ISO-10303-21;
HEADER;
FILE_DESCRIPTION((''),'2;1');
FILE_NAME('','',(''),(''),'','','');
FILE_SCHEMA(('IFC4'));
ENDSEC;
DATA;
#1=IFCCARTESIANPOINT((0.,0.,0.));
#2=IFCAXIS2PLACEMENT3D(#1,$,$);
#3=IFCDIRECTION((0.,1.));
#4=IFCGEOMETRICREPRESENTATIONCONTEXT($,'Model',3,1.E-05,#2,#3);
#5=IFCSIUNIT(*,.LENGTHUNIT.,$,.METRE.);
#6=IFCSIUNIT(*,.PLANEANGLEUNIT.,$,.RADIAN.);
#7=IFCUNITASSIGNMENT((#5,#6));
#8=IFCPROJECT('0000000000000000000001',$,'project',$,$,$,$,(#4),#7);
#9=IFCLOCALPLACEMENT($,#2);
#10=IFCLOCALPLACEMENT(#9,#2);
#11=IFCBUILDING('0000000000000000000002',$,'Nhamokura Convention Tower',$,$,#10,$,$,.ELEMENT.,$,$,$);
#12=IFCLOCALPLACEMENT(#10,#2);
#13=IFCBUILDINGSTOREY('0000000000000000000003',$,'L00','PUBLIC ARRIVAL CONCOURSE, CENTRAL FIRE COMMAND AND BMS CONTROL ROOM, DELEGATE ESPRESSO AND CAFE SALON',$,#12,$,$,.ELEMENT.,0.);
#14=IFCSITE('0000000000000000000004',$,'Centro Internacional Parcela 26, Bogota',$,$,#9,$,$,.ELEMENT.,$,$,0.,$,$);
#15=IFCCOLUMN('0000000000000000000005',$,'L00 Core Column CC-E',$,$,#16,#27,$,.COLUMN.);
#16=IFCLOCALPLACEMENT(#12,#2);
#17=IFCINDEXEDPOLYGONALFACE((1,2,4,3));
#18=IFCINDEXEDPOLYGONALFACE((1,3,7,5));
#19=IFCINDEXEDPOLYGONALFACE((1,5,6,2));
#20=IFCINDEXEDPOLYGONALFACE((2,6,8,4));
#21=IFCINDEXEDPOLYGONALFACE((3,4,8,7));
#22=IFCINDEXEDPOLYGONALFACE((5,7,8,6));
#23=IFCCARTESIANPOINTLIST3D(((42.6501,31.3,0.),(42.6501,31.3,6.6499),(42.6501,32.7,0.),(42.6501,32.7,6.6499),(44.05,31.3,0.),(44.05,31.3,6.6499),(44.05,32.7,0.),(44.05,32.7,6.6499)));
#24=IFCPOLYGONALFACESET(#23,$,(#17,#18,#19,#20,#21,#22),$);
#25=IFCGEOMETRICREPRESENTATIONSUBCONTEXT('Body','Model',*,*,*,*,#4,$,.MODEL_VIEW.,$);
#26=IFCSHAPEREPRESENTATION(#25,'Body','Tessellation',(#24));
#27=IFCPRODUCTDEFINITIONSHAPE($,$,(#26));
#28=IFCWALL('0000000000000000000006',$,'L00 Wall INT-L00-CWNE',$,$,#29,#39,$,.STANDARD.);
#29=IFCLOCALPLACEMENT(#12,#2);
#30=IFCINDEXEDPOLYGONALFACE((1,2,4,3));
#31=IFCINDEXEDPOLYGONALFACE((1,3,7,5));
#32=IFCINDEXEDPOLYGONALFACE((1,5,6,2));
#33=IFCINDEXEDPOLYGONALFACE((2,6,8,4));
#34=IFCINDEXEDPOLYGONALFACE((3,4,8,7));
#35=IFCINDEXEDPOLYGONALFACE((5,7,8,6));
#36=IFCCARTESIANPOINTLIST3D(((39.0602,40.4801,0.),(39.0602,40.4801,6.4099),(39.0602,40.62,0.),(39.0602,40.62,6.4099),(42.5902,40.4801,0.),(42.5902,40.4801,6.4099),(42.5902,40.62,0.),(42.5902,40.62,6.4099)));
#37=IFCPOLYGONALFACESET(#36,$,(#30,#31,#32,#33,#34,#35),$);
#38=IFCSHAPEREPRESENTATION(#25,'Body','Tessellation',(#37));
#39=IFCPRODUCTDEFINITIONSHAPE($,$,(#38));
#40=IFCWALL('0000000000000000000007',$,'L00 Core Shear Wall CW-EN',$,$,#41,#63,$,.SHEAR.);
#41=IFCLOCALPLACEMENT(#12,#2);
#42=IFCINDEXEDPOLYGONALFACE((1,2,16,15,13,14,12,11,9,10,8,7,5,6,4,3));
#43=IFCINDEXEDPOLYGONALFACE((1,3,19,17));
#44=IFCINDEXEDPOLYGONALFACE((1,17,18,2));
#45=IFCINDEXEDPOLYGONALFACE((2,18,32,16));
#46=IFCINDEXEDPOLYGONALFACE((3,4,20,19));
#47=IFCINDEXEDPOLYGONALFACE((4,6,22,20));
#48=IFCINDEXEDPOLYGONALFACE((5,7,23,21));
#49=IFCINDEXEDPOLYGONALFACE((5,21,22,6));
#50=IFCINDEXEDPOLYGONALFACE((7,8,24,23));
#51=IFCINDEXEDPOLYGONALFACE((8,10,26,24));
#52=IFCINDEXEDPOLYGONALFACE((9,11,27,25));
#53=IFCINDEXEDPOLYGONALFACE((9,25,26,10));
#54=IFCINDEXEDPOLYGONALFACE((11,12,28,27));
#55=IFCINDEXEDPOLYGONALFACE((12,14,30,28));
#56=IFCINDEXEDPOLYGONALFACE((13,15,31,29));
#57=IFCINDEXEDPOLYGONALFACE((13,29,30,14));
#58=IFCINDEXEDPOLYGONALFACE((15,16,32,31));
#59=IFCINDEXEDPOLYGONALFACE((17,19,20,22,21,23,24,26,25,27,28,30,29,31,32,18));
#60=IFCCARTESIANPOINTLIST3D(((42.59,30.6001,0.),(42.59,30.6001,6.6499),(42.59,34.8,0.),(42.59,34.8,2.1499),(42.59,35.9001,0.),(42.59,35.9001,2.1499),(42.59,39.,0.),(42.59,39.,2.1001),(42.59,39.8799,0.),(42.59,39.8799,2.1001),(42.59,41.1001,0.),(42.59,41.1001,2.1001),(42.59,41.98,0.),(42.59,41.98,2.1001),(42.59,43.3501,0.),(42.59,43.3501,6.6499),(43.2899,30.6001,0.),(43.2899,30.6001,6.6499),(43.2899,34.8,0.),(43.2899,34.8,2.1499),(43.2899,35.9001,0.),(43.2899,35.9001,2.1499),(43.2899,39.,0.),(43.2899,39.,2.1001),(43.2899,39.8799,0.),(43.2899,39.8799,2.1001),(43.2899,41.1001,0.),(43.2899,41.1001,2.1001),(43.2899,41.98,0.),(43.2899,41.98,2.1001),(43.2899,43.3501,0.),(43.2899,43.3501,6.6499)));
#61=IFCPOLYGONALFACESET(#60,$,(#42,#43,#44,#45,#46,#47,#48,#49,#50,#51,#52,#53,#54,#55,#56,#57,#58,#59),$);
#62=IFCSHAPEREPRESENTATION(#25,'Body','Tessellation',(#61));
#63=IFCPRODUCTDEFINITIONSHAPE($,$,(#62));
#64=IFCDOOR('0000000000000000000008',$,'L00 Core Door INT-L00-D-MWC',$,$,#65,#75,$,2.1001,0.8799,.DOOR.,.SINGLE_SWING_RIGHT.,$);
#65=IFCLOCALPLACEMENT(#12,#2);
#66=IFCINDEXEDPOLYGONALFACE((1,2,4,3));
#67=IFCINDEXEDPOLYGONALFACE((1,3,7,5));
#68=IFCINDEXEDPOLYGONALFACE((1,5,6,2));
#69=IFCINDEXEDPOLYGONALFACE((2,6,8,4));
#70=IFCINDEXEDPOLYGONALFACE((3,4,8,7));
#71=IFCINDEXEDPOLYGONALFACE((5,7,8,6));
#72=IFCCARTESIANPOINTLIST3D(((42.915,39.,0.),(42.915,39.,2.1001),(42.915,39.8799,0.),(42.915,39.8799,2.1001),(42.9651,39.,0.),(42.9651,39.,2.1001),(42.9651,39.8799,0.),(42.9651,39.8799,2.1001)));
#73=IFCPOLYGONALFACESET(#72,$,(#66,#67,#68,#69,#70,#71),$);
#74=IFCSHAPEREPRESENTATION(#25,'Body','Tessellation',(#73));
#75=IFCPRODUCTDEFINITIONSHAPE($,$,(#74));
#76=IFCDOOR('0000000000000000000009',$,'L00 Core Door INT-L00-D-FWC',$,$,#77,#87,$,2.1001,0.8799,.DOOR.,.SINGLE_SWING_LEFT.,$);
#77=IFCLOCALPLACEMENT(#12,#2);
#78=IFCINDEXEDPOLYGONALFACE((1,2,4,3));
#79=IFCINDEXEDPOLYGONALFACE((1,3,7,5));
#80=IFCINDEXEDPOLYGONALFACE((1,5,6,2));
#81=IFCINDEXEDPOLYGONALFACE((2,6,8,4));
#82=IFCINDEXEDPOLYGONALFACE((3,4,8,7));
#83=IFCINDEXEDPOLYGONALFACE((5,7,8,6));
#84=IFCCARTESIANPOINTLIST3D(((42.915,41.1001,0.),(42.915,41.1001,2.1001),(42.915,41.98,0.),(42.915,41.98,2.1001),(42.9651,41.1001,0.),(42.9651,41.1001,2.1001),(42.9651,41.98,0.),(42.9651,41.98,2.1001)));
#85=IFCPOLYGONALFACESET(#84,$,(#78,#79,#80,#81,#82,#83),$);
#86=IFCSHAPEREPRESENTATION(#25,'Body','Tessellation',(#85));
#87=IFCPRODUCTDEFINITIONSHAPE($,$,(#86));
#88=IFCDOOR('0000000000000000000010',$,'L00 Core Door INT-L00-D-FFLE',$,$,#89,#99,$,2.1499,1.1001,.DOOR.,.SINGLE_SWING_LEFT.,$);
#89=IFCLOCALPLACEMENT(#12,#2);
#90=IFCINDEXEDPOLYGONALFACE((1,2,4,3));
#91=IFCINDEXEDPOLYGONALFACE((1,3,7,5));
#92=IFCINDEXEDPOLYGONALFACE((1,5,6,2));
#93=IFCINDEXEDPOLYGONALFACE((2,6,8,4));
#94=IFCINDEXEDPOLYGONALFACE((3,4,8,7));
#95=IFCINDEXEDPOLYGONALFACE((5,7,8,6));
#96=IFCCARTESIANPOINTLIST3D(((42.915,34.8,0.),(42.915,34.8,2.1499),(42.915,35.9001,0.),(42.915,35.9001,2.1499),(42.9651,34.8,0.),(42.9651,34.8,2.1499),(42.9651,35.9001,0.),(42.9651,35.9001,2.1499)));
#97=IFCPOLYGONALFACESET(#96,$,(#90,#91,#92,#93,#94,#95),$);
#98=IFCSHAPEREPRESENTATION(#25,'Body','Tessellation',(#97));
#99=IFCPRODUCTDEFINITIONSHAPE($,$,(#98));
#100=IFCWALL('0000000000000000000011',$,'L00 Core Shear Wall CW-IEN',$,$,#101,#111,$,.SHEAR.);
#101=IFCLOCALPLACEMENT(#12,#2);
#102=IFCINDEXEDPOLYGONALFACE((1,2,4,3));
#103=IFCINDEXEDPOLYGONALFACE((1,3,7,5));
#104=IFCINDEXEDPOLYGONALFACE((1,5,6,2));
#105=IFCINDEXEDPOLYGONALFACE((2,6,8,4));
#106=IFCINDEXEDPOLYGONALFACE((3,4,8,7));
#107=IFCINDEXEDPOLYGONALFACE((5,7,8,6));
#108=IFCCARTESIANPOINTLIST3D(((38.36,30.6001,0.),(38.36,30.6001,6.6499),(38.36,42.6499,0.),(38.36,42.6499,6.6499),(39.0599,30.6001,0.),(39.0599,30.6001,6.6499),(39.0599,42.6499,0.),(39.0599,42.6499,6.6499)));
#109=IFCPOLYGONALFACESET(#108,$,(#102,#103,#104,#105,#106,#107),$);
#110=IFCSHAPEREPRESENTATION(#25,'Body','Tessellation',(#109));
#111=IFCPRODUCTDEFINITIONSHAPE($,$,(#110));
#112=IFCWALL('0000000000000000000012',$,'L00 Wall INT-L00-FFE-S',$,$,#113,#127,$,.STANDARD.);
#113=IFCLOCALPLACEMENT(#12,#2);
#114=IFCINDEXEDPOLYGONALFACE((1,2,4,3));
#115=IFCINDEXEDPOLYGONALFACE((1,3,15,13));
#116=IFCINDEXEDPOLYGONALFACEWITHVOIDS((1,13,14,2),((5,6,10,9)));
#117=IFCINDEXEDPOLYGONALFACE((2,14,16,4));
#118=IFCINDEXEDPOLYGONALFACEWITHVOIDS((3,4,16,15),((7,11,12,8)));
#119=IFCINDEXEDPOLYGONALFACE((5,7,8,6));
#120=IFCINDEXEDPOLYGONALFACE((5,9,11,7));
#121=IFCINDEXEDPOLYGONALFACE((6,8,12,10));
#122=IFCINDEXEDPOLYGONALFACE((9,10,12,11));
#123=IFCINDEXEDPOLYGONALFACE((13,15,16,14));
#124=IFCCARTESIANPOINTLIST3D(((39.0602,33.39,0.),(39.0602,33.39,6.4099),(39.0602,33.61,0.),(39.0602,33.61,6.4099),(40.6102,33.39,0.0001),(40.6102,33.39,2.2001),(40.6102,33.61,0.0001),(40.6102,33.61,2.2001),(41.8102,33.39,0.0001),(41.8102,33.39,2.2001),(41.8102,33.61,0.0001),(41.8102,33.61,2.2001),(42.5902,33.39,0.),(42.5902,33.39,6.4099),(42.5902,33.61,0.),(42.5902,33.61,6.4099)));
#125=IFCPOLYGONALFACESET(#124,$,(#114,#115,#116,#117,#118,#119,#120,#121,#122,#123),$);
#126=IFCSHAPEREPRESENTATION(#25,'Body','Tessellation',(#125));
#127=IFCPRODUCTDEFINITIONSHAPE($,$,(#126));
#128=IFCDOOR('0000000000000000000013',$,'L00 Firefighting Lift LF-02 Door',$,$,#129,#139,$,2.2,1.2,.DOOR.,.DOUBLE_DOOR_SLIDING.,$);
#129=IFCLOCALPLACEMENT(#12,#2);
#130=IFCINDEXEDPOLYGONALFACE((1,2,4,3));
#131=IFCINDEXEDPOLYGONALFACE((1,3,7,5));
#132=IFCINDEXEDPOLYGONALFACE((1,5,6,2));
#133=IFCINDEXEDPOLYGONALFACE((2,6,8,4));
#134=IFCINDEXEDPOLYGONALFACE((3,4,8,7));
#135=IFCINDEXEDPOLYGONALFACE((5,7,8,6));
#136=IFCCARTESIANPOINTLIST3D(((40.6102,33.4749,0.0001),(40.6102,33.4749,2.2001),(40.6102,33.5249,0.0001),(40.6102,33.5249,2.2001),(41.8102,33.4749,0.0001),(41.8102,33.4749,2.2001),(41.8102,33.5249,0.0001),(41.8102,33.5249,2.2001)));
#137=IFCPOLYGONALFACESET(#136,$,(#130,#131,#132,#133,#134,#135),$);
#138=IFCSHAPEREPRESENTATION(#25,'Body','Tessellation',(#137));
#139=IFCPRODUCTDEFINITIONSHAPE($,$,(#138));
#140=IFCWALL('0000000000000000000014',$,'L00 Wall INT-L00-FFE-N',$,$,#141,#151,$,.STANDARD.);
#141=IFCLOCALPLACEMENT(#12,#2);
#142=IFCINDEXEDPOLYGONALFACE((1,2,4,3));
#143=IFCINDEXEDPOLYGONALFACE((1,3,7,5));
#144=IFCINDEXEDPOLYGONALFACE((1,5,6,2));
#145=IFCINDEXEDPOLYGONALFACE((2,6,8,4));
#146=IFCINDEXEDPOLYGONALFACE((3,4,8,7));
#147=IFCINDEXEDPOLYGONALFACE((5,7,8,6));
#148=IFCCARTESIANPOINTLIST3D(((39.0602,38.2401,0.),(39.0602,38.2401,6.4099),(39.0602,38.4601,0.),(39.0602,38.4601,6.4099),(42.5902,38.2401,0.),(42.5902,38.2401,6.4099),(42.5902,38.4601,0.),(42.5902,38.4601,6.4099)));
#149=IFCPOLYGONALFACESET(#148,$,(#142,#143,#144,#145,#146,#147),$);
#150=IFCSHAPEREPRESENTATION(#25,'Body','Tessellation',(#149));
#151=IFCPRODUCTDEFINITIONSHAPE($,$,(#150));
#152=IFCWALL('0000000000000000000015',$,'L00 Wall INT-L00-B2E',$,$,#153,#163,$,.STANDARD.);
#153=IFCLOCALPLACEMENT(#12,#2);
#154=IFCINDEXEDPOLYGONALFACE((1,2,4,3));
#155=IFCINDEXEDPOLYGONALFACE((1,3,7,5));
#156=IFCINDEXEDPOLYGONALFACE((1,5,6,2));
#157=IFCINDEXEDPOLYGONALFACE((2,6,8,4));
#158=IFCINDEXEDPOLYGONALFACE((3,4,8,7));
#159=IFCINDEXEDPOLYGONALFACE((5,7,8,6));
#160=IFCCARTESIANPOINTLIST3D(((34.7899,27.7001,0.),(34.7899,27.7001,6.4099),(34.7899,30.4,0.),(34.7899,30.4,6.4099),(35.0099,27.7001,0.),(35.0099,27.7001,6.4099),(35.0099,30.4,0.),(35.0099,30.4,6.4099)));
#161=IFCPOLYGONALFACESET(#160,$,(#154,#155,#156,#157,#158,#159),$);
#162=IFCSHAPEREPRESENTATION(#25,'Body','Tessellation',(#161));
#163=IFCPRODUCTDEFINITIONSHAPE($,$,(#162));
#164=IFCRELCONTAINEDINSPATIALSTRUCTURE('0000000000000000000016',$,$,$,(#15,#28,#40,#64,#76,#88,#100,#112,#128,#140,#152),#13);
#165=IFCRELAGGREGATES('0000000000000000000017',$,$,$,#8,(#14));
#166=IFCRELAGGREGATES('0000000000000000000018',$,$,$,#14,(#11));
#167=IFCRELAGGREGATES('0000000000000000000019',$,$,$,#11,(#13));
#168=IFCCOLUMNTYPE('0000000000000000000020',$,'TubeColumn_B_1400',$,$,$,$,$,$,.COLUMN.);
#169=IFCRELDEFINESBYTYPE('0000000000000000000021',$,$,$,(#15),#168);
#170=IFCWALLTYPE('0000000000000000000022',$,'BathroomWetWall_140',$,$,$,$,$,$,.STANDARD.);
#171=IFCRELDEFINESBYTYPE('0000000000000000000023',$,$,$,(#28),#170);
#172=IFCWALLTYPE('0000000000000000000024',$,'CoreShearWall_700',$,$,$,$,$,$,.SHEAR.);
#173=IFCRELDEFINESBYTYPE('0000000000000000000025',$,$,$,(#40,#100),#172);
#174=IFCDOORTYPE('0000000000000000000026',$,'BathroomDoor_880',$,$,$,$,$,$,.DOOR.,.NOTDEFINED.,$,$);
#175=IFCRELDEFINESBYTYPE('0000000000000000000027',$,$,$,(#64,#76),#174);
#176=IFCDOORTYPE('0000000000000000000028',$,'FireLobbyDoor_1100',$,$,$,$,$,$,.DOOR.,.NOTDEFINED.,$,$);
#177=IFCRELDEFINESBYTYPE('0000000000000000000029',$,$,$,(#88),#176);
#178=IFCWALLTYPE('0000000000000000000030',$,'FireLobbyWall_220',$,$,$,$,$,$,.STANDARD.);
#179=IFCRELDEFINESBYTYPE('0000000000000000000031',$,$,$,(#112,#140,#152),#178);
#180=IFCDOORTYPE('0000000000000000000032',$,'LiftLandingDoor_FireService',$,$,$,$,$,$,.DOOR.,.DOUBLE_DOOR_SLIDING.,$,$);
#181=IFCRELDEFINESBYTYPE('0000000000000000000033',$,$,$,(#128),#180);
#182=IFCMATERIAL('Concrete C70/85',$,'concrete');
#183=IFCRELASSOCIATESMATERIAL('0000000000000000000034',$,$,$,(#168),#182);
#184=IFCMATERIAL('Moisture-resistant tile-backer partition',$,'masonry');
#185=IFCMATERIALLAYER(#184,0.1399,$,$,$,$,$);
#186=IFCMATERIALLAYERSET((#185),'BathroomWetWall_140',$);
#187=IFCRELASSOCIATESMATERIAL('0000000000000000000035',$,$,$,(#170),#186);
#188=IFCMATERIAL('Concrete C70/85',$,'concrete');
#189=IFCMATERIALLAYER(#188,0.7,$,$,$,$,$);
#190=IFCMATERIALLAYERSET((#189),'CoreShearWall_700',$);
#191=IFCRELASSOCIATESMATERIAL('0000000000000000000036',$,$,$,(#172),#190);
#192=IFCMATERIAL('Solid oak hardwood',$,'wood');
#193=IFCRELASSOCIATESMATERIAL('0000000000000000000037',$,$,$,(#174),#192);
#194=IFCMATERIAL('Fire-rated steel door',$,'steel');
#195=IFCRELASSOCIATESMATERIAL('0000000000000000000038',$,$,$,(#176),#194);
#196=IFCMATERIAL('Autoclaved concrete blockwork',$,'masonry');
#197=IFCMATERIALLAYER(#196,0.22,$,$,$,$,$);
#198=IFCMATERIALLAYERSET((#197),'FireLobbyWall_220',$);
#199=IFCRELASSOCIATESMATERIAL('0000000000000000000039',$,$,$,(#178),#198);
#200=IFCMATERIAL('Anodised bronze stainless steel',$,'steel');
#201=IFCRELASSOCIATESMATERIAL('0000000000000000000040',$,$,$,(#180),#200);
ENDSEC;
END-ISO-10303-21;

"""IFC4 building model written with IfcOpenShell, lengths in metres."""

from ifc_helpers import new_model, si_unit, direction, frame, frame_2d, origin, origin_2d, place, context, subcontext, project, spatial, rectangle, extrude, material, layer, layer_set, material_profile, profile_set, type_object, element, fill, save


model = new_model("IFC4")

# Units and contexts
model_context = context("Model", 3, precision=1e-05, world=origin(), true_north=direction((0.0, 1.0)))
body_context = subcontext(model_context, "Body", "Model", "MODEL_VIEW")
ifc_project = project(units=[si_unit("LENGTHUNIT", "METRE"), si_unit("PLANEANGLEUNIT", "RADIAN")], contexts=[model_context])

# Site, building, storey
site_placement = place(None, origin())
site = spatial("IfcSite", under=ifc_project, at=site_placement, Name="Centro Internacional Parcela 26, Bogota", CompositionType="ELEMENT", RefElevation=0.0)
building_placement = place(site_placement, origin())
building = spatial("IfcBuilding", under=site, at=building_placement, Name="Nhamokura Convention Tower", CompositionType="ELEMENT")
storey_placement = place(building_placement, origin())
storey = spatial("IfcBuildingStorey", under=building, at=storey_placement, Name="L00", Description="PUBLIC ARRIVAL CONCOURSE, CENTRAL FIRE COMMAND AND BMS CONTROL ROOM, DELEGATE ESPRESSO AND CAFE SALON", CompositionType="ELEMENT", Elevation=0.0)

# Column
ifc_material_1 = material(Name="Concrete C70/85", Category="concrete")
ifc_material_profile = material_profile(ifc_material_1, rectangle(XDim=1.3999, YDim=1.3999, at=origin_2d()))
ifc_profile_set = profile_set([ifc_material_profile], Name="Concrete C70/85")
column_type = type_object("IfcColumnType", Name="TubeColumn_B_1400", PredefinedType="COLUMN", material=ifc_profile_set)
column_placement = place(storey_placement, frame((43.3501, 32.0, 0.0), z_axis=(0.0, 0.0, 1.0), x_axis=(1.0, 0.0, 0.0)))
element("IfcColumn", 1, at=column_placement, inside=storey, type_object=column_type, Name="L00 Core Column CC-E", PredefinedType="COLUMN", context=body_context, shape_type="SweptSolid", body=[
    extrude(rectangle(XDim=1.3999, YDim=1.3999, at=origin_2d()), origin(), (0.0, 0.0, 1.0), 6.6499),
])

# Wall
ifc_material_2 = material(Name="Moisture-resistant tile-backer partition", Category="masonry")
ifc_layer_1 = layer(ifc_material_2, 0.1399)
ifc_layer_set_1 = layer_set([ifc_layer_1], Name="BathroomWetWall_140")
wall_type_1 = type_object("IfcWallType", Name="BathroomWetWall_140", PredefinedType="STANDARD", material=ifc_layer_set_1)
wall_1_placement = place(storey_placement, frame((39.0601, 40.55, 0.0), z_axis=(0.0, 0.0, 1.0), x_axis=(1.0, 0.0, 0.0)))
element("IfcWall", 2, at=wall_1_placement, inside=storey, type_object=wall_type_1, Name="L00 Wall INT-L00-CWNE", PredefinedType="STANDARD", context=body_context, shape_type="SweptSolid", body=[
    extrude(rectangle(XDim=3.53, YDim=0.1399, at=frame_2d((1.7651, 0.0))), origin(), (0.0, 0.0, 1.0), 6.4099),
])

# Wall, openings, doors
ifc_material_3 = material(Name="Concrete C70/85", Category="concrete")
ifc_layer_2 = layer(ifc_material_3, 0.7)
ifc_layer_set_2 = layer_set([ifc_layer_2], Name="CoreShearWall_700")
wall_type_2 = type_object("IfcWallType", Name="CoreShearWall_700", PredefinedType="SHEAR", material=ifc_layer_set_2)
wall_2_placement = place(storey_placement, frame((42.9399, 30.6001, 0.0), z_axis=(0.0, 0.0, 1.0), x_axis=(0.0, 1.0, 0.0)))
wall_2 = element("IfcWall", 3, at=wall_2_placement, inside=storey, type_object=wall_type_2, Name="L00 Core Shear Wall CW-EN", PredefinedType="SHEAR", context=body_context, shape_type="SweptSolid", body=[
    extrude(rectangle(XDim=12.75, YDim=0.7, at=frame_2d((6.375, 0.0))), origin(), (0.0, 0.0, 1.0), 6.6499),
])
opening_1_placement = place(wall_2_placement, frame((4.2, 0.0, 0.0)))
opening_1 = element("IfcOpeningElement", 4, at=opening_1_placement, cuts=wall_2, PredefinedType="OPENING", context=body_context, shape_type="SweptSolid", body=[
    extrude(rectangle(XDim=1.1001, YDim=2.1499, at=frame_2d((0.55, 1.075))), frame((0.0, 0.3599, 0.0), z_axis=(0.0, -1.0, 0.0), x_axis=(1.0, 0.0, 0.0)), (0.0, 0.0, 1.0), 0.72),
])
opening_2_placement = place(wall_2_placement, frame((8.3999, 0.0, 0.0)))
opening_2 = element("IfcOpeningElement", 5, at=opening_2_placement, cuts=wall_2, PredefinedType="OPENING", context=body_context, shape_type="SweptSolid", body=[
    extrude(rectangle(XDim=0.8799, YDim=2.1001, at=frame_2d((0.4399, 1.05))), frame((0.0, 0.3599, 0.0), z_axis=(0.0, -1.0, 0.0), x_axis=(1.0, 0.0, 0.0)), (0.0, 0.0, 1.0), 0.72),
])
opening_3_placement = place(wall_2_placement, frame((10.5, 0.0, 0.0)))
opening_3 = element("IfcOpeningElement", 6, at=opening_3_placement, cuts=wall_2, PredefinedType="OPENING", context=body_context, shape_type="SweptSolid", body=[
    extrude(rectangle(XDim=0.8799, YDim=2.1001, at=frame_2d((0.4399, 1.05))), frame((0.0, 0.3599, 0.0), z_axis=(0.0, -1.0, 0.0), x_axis=(1.0, 0.0, 0.0)), (0.0, 0.0, 1.0), 0.72),
])
ifc_material_4 = material(Name="Solid oak hardwood", Category="wood")
door_type_1 = type_object("IfcDoorType", Name="BathroomDoor_880", OperationType="NOTDEFINED", PredefinedType="DOOR", material=ifc_material_4)
door_1_placement = place(opening_2_placement, origin())
door_1 = element("IfcDoor", 7, at=door_1_placement, inside=storey, type_object=door_type_1, Name="L00 Core Door INT-L00-D-MWC", OperationType="SINGLE_SWING_RIGHT", OverallHeight=2.1001, OverallWidth=0.8799, PredefinedType="DOOR", context=body_context, shape_type="SweptSolid", body=[
    extrude(rectangle(XDim=0.8799, YDim=2.1001, at=frame_2d((0.4399, 1.05))), frame((0.0, 0.0249, 0.0), z_axis=(0.0, -1.0, 0.0), x_axis=(1.0, 0.0, 0.0)), (0.0, 0.0, 1.0), 0.05),
])
fill(opening_2, door_1)
door_2_placement = place(opening_3_placement, origin())
door_2 = element("IfcDoor", 8, at=door_2_placement, inside=storey, type_object=door_type_1, Name="L00 Core Door INT-L00-D-FWC", OperationType="SINGLE_SWING_LEFT", OverallHeight=2.1001, OverallWidth=0.8799, PredefinedType="DOOR", context=body_context, shape_type="SweptSolid", body=[
    extrude(rectangle(XDim=0.8799, YDim=2.1001, at=frame_2d((0.4399, 1.05))), frame((0.0, 0.0249, 0.0), z_axis=(0.0, -1.0, 0.0), x_axis=(1.0, 0.0, 0.0)), (0.0, 0.0, 1.0), 0.05),
])
fill(opening_3, door_2)
ifc_material_5 = material(Name="Fire-rated steel door", Category="steel")
door_type_2 = type_object("IfcDoorType", Name="FireLobbyDoor_1100", OperationType="NOTDEFINED", PredefinedType="DOOR", material=ifc_material_5)
door_3_placement = place(opening_1_placement, origin())
door_3 = element("IfcDoor", 9, at=door_3_placement, inside=storey, type_object=door_type_2, Name="L00 Core Door INT-L00-D-FFLE", OperationType="SINGLE_SWING_LEFT", OverallHeight=2.1499, OverallWidth=1.1001, PredefinedType="DOOR", context=body_context, shape_type="SweptSolid", body=[
    extrude(rectangle(XDim=1.1001, YDim=2.1499, at=frame_2d((0.55, 1.075))), frame((0.0, 0.0249, 0.0), z_axis=(0.0, -1.0, 0.0), x_axis=(1.0, 0.0, 0.0)), (0.0, 0.0, 1.0), 0.05),
])
fill(opening_1, door_3)

# Wall
wall_3_placement = place(storey_placement, frame((38.71, 30.6001, 0.0), z_axis=(0.0, 0.0, 1.0), x_axis=(0.0, 1.0, 0.0)))
element("IfcWall", 10, at=wall_3_placement, inside=storey, type_object=wall_type_2, Name="L00 Core Shear Wall CW-IEN", PredefinedType="SHEAR", context=body_context, shape_type="SweptSolid", body=[
    extrude(rectangle(XDim=12.0498, YDim=0.7, at=frame_2d((6.0249, 0.0))), origin(), (0.0, 0.0, 1.0), 6.6499),
])

# Wall, opening, door
ifc_material_6 = material(Name="Autoclaved concrete blockwork", Category="masonry")
ifc_layer_3 = layer(ifc_material_6, 0.22)
ifc_layer_set_3 = layer_set([ifc_layer_3], Name="FireLobbyWall_220")
wall_type_3 = type_object("IfcWallType", Name="FireLobbyWall_220", PredefinedType="STANDARD", material=ifc_layer_set_3)
wall_4_placement = place(storey_placement, frame((39.0601, 33.5, 0.0), z_axis=(0.0, 0.0, 1.0), x_axis=(1.0, 0.0, 0.0)))
wall_4 = element("IfcWall", 11, at=wall_4_placement, inside=storey, type_object=wall_type_3, Name="L00 Wall INT-L00-FFE-S", PredefinedType="STANDARD", context=body_context, shape_type="SweptSolid", body=[
    extrude(rectangle(XDim=3.53, YDim=0.22, at=frame_2d((1.7651, 0.0))), origin(), (0.0, 0.0, 1.0), 6.4099),
])
opening_4_placement = place(wall_4_placement, frame((1.55, 0.0, 0.0)))
opening_4 = element("IfcOpeningElement", 12, at=opening_4_placement, cuts=wall_4, PredefinedType="OPENING", context=body_context, shape_type="SweptSolid", body=[
    extrude(rectangle(XDim=1.2, YDim=2.2, at=frame_2d((0.6001, 1.1001))), frame((0.0, 0.1199, 0.0), z_axis=(0.0, -1.0, 0.0), x_axis=(1.0, 0.0, 0.0)), (0.0, 0.0, 1.0), 0.24),
])
ifc_material_7 = material(Name="Anodised bronze stainless steel", Category="steel")
door_type_3 = type_object("IfcDoorType", Name="LiftLandingDoor_FireService", OperationType="DOUBLE_DOOR_SLIDING", PredefinedType="DOOR", material=ifc_material_7)
door_4_placement = place(opening_4_placement, origin())
door_4 = element("IfcDoor", 13, at=door_4_placement, inside=storey, type_object=door_type_3, Name="L00 Firefighting Lift LF-02 Door", OperationType="DOUBLE_DOOR_SLIDING", OverallHeight=2.2, OverallWidth=1.2, PredefinedType="DOOR", context=body_context, shape_type="SweptSolid", body=[
    extrude(rectangle(XDim=1.2, YDim=2.2, at=frame_2d((0.6001, 1.1001))), frame((0.0, 0.0249, 0.0), z_axis=(0.0, -1.0, 0.0), x_axis=(1.0, 0.0, 0.0)), (0.0, 0.0, 1.0), 0.05),
])
fill(opening_4, door_4)

# Walls
wall_5_placement = place(storey_placement, frame((39.0601, 38.3501, 0.0), z_axis=(0.0, 0.0, 1.0), x_axis=(1.0, 0.0, 0.0)))
element("IfcWall", 14, at=wall_5_placement, inside=storey, type_object=wall_type_3, Name="L00 Wall INT-L00-FFE-N", PredefinedType="STANDARD", context=body_context, shape_type="SweptSolid", body=[
    extrude(rectangle(XDim=3.53, YDim=0.22, at=frame_2d((1.7651, 0.0))), origin(), (0.0, 0.0, 1.0), 6.4099),
])
wall_6_placement = place(storey_placement, frame((34.8999, 27.7, 0.0), z_axis=(0.0, 0.0, 1.0), x_axis=(0.0, 1.0, 0.0)))
element("IfcWall", 15, at=wall_6_placement, inside=storey, type_object=wall_type_3, Name="L00 Wall INT-L00-B2E", PredefinedType="STANDARD", context=body_context, shape_type="SweptSolid", body=[
    extrude(rectangle(XDim=2.7, YDim=0.22, at=frame_2d((1.3501, 0.0))), origin(), (0.0, 0.0, 1.0), 6.4099),
])

save(model, "model.ifc")
